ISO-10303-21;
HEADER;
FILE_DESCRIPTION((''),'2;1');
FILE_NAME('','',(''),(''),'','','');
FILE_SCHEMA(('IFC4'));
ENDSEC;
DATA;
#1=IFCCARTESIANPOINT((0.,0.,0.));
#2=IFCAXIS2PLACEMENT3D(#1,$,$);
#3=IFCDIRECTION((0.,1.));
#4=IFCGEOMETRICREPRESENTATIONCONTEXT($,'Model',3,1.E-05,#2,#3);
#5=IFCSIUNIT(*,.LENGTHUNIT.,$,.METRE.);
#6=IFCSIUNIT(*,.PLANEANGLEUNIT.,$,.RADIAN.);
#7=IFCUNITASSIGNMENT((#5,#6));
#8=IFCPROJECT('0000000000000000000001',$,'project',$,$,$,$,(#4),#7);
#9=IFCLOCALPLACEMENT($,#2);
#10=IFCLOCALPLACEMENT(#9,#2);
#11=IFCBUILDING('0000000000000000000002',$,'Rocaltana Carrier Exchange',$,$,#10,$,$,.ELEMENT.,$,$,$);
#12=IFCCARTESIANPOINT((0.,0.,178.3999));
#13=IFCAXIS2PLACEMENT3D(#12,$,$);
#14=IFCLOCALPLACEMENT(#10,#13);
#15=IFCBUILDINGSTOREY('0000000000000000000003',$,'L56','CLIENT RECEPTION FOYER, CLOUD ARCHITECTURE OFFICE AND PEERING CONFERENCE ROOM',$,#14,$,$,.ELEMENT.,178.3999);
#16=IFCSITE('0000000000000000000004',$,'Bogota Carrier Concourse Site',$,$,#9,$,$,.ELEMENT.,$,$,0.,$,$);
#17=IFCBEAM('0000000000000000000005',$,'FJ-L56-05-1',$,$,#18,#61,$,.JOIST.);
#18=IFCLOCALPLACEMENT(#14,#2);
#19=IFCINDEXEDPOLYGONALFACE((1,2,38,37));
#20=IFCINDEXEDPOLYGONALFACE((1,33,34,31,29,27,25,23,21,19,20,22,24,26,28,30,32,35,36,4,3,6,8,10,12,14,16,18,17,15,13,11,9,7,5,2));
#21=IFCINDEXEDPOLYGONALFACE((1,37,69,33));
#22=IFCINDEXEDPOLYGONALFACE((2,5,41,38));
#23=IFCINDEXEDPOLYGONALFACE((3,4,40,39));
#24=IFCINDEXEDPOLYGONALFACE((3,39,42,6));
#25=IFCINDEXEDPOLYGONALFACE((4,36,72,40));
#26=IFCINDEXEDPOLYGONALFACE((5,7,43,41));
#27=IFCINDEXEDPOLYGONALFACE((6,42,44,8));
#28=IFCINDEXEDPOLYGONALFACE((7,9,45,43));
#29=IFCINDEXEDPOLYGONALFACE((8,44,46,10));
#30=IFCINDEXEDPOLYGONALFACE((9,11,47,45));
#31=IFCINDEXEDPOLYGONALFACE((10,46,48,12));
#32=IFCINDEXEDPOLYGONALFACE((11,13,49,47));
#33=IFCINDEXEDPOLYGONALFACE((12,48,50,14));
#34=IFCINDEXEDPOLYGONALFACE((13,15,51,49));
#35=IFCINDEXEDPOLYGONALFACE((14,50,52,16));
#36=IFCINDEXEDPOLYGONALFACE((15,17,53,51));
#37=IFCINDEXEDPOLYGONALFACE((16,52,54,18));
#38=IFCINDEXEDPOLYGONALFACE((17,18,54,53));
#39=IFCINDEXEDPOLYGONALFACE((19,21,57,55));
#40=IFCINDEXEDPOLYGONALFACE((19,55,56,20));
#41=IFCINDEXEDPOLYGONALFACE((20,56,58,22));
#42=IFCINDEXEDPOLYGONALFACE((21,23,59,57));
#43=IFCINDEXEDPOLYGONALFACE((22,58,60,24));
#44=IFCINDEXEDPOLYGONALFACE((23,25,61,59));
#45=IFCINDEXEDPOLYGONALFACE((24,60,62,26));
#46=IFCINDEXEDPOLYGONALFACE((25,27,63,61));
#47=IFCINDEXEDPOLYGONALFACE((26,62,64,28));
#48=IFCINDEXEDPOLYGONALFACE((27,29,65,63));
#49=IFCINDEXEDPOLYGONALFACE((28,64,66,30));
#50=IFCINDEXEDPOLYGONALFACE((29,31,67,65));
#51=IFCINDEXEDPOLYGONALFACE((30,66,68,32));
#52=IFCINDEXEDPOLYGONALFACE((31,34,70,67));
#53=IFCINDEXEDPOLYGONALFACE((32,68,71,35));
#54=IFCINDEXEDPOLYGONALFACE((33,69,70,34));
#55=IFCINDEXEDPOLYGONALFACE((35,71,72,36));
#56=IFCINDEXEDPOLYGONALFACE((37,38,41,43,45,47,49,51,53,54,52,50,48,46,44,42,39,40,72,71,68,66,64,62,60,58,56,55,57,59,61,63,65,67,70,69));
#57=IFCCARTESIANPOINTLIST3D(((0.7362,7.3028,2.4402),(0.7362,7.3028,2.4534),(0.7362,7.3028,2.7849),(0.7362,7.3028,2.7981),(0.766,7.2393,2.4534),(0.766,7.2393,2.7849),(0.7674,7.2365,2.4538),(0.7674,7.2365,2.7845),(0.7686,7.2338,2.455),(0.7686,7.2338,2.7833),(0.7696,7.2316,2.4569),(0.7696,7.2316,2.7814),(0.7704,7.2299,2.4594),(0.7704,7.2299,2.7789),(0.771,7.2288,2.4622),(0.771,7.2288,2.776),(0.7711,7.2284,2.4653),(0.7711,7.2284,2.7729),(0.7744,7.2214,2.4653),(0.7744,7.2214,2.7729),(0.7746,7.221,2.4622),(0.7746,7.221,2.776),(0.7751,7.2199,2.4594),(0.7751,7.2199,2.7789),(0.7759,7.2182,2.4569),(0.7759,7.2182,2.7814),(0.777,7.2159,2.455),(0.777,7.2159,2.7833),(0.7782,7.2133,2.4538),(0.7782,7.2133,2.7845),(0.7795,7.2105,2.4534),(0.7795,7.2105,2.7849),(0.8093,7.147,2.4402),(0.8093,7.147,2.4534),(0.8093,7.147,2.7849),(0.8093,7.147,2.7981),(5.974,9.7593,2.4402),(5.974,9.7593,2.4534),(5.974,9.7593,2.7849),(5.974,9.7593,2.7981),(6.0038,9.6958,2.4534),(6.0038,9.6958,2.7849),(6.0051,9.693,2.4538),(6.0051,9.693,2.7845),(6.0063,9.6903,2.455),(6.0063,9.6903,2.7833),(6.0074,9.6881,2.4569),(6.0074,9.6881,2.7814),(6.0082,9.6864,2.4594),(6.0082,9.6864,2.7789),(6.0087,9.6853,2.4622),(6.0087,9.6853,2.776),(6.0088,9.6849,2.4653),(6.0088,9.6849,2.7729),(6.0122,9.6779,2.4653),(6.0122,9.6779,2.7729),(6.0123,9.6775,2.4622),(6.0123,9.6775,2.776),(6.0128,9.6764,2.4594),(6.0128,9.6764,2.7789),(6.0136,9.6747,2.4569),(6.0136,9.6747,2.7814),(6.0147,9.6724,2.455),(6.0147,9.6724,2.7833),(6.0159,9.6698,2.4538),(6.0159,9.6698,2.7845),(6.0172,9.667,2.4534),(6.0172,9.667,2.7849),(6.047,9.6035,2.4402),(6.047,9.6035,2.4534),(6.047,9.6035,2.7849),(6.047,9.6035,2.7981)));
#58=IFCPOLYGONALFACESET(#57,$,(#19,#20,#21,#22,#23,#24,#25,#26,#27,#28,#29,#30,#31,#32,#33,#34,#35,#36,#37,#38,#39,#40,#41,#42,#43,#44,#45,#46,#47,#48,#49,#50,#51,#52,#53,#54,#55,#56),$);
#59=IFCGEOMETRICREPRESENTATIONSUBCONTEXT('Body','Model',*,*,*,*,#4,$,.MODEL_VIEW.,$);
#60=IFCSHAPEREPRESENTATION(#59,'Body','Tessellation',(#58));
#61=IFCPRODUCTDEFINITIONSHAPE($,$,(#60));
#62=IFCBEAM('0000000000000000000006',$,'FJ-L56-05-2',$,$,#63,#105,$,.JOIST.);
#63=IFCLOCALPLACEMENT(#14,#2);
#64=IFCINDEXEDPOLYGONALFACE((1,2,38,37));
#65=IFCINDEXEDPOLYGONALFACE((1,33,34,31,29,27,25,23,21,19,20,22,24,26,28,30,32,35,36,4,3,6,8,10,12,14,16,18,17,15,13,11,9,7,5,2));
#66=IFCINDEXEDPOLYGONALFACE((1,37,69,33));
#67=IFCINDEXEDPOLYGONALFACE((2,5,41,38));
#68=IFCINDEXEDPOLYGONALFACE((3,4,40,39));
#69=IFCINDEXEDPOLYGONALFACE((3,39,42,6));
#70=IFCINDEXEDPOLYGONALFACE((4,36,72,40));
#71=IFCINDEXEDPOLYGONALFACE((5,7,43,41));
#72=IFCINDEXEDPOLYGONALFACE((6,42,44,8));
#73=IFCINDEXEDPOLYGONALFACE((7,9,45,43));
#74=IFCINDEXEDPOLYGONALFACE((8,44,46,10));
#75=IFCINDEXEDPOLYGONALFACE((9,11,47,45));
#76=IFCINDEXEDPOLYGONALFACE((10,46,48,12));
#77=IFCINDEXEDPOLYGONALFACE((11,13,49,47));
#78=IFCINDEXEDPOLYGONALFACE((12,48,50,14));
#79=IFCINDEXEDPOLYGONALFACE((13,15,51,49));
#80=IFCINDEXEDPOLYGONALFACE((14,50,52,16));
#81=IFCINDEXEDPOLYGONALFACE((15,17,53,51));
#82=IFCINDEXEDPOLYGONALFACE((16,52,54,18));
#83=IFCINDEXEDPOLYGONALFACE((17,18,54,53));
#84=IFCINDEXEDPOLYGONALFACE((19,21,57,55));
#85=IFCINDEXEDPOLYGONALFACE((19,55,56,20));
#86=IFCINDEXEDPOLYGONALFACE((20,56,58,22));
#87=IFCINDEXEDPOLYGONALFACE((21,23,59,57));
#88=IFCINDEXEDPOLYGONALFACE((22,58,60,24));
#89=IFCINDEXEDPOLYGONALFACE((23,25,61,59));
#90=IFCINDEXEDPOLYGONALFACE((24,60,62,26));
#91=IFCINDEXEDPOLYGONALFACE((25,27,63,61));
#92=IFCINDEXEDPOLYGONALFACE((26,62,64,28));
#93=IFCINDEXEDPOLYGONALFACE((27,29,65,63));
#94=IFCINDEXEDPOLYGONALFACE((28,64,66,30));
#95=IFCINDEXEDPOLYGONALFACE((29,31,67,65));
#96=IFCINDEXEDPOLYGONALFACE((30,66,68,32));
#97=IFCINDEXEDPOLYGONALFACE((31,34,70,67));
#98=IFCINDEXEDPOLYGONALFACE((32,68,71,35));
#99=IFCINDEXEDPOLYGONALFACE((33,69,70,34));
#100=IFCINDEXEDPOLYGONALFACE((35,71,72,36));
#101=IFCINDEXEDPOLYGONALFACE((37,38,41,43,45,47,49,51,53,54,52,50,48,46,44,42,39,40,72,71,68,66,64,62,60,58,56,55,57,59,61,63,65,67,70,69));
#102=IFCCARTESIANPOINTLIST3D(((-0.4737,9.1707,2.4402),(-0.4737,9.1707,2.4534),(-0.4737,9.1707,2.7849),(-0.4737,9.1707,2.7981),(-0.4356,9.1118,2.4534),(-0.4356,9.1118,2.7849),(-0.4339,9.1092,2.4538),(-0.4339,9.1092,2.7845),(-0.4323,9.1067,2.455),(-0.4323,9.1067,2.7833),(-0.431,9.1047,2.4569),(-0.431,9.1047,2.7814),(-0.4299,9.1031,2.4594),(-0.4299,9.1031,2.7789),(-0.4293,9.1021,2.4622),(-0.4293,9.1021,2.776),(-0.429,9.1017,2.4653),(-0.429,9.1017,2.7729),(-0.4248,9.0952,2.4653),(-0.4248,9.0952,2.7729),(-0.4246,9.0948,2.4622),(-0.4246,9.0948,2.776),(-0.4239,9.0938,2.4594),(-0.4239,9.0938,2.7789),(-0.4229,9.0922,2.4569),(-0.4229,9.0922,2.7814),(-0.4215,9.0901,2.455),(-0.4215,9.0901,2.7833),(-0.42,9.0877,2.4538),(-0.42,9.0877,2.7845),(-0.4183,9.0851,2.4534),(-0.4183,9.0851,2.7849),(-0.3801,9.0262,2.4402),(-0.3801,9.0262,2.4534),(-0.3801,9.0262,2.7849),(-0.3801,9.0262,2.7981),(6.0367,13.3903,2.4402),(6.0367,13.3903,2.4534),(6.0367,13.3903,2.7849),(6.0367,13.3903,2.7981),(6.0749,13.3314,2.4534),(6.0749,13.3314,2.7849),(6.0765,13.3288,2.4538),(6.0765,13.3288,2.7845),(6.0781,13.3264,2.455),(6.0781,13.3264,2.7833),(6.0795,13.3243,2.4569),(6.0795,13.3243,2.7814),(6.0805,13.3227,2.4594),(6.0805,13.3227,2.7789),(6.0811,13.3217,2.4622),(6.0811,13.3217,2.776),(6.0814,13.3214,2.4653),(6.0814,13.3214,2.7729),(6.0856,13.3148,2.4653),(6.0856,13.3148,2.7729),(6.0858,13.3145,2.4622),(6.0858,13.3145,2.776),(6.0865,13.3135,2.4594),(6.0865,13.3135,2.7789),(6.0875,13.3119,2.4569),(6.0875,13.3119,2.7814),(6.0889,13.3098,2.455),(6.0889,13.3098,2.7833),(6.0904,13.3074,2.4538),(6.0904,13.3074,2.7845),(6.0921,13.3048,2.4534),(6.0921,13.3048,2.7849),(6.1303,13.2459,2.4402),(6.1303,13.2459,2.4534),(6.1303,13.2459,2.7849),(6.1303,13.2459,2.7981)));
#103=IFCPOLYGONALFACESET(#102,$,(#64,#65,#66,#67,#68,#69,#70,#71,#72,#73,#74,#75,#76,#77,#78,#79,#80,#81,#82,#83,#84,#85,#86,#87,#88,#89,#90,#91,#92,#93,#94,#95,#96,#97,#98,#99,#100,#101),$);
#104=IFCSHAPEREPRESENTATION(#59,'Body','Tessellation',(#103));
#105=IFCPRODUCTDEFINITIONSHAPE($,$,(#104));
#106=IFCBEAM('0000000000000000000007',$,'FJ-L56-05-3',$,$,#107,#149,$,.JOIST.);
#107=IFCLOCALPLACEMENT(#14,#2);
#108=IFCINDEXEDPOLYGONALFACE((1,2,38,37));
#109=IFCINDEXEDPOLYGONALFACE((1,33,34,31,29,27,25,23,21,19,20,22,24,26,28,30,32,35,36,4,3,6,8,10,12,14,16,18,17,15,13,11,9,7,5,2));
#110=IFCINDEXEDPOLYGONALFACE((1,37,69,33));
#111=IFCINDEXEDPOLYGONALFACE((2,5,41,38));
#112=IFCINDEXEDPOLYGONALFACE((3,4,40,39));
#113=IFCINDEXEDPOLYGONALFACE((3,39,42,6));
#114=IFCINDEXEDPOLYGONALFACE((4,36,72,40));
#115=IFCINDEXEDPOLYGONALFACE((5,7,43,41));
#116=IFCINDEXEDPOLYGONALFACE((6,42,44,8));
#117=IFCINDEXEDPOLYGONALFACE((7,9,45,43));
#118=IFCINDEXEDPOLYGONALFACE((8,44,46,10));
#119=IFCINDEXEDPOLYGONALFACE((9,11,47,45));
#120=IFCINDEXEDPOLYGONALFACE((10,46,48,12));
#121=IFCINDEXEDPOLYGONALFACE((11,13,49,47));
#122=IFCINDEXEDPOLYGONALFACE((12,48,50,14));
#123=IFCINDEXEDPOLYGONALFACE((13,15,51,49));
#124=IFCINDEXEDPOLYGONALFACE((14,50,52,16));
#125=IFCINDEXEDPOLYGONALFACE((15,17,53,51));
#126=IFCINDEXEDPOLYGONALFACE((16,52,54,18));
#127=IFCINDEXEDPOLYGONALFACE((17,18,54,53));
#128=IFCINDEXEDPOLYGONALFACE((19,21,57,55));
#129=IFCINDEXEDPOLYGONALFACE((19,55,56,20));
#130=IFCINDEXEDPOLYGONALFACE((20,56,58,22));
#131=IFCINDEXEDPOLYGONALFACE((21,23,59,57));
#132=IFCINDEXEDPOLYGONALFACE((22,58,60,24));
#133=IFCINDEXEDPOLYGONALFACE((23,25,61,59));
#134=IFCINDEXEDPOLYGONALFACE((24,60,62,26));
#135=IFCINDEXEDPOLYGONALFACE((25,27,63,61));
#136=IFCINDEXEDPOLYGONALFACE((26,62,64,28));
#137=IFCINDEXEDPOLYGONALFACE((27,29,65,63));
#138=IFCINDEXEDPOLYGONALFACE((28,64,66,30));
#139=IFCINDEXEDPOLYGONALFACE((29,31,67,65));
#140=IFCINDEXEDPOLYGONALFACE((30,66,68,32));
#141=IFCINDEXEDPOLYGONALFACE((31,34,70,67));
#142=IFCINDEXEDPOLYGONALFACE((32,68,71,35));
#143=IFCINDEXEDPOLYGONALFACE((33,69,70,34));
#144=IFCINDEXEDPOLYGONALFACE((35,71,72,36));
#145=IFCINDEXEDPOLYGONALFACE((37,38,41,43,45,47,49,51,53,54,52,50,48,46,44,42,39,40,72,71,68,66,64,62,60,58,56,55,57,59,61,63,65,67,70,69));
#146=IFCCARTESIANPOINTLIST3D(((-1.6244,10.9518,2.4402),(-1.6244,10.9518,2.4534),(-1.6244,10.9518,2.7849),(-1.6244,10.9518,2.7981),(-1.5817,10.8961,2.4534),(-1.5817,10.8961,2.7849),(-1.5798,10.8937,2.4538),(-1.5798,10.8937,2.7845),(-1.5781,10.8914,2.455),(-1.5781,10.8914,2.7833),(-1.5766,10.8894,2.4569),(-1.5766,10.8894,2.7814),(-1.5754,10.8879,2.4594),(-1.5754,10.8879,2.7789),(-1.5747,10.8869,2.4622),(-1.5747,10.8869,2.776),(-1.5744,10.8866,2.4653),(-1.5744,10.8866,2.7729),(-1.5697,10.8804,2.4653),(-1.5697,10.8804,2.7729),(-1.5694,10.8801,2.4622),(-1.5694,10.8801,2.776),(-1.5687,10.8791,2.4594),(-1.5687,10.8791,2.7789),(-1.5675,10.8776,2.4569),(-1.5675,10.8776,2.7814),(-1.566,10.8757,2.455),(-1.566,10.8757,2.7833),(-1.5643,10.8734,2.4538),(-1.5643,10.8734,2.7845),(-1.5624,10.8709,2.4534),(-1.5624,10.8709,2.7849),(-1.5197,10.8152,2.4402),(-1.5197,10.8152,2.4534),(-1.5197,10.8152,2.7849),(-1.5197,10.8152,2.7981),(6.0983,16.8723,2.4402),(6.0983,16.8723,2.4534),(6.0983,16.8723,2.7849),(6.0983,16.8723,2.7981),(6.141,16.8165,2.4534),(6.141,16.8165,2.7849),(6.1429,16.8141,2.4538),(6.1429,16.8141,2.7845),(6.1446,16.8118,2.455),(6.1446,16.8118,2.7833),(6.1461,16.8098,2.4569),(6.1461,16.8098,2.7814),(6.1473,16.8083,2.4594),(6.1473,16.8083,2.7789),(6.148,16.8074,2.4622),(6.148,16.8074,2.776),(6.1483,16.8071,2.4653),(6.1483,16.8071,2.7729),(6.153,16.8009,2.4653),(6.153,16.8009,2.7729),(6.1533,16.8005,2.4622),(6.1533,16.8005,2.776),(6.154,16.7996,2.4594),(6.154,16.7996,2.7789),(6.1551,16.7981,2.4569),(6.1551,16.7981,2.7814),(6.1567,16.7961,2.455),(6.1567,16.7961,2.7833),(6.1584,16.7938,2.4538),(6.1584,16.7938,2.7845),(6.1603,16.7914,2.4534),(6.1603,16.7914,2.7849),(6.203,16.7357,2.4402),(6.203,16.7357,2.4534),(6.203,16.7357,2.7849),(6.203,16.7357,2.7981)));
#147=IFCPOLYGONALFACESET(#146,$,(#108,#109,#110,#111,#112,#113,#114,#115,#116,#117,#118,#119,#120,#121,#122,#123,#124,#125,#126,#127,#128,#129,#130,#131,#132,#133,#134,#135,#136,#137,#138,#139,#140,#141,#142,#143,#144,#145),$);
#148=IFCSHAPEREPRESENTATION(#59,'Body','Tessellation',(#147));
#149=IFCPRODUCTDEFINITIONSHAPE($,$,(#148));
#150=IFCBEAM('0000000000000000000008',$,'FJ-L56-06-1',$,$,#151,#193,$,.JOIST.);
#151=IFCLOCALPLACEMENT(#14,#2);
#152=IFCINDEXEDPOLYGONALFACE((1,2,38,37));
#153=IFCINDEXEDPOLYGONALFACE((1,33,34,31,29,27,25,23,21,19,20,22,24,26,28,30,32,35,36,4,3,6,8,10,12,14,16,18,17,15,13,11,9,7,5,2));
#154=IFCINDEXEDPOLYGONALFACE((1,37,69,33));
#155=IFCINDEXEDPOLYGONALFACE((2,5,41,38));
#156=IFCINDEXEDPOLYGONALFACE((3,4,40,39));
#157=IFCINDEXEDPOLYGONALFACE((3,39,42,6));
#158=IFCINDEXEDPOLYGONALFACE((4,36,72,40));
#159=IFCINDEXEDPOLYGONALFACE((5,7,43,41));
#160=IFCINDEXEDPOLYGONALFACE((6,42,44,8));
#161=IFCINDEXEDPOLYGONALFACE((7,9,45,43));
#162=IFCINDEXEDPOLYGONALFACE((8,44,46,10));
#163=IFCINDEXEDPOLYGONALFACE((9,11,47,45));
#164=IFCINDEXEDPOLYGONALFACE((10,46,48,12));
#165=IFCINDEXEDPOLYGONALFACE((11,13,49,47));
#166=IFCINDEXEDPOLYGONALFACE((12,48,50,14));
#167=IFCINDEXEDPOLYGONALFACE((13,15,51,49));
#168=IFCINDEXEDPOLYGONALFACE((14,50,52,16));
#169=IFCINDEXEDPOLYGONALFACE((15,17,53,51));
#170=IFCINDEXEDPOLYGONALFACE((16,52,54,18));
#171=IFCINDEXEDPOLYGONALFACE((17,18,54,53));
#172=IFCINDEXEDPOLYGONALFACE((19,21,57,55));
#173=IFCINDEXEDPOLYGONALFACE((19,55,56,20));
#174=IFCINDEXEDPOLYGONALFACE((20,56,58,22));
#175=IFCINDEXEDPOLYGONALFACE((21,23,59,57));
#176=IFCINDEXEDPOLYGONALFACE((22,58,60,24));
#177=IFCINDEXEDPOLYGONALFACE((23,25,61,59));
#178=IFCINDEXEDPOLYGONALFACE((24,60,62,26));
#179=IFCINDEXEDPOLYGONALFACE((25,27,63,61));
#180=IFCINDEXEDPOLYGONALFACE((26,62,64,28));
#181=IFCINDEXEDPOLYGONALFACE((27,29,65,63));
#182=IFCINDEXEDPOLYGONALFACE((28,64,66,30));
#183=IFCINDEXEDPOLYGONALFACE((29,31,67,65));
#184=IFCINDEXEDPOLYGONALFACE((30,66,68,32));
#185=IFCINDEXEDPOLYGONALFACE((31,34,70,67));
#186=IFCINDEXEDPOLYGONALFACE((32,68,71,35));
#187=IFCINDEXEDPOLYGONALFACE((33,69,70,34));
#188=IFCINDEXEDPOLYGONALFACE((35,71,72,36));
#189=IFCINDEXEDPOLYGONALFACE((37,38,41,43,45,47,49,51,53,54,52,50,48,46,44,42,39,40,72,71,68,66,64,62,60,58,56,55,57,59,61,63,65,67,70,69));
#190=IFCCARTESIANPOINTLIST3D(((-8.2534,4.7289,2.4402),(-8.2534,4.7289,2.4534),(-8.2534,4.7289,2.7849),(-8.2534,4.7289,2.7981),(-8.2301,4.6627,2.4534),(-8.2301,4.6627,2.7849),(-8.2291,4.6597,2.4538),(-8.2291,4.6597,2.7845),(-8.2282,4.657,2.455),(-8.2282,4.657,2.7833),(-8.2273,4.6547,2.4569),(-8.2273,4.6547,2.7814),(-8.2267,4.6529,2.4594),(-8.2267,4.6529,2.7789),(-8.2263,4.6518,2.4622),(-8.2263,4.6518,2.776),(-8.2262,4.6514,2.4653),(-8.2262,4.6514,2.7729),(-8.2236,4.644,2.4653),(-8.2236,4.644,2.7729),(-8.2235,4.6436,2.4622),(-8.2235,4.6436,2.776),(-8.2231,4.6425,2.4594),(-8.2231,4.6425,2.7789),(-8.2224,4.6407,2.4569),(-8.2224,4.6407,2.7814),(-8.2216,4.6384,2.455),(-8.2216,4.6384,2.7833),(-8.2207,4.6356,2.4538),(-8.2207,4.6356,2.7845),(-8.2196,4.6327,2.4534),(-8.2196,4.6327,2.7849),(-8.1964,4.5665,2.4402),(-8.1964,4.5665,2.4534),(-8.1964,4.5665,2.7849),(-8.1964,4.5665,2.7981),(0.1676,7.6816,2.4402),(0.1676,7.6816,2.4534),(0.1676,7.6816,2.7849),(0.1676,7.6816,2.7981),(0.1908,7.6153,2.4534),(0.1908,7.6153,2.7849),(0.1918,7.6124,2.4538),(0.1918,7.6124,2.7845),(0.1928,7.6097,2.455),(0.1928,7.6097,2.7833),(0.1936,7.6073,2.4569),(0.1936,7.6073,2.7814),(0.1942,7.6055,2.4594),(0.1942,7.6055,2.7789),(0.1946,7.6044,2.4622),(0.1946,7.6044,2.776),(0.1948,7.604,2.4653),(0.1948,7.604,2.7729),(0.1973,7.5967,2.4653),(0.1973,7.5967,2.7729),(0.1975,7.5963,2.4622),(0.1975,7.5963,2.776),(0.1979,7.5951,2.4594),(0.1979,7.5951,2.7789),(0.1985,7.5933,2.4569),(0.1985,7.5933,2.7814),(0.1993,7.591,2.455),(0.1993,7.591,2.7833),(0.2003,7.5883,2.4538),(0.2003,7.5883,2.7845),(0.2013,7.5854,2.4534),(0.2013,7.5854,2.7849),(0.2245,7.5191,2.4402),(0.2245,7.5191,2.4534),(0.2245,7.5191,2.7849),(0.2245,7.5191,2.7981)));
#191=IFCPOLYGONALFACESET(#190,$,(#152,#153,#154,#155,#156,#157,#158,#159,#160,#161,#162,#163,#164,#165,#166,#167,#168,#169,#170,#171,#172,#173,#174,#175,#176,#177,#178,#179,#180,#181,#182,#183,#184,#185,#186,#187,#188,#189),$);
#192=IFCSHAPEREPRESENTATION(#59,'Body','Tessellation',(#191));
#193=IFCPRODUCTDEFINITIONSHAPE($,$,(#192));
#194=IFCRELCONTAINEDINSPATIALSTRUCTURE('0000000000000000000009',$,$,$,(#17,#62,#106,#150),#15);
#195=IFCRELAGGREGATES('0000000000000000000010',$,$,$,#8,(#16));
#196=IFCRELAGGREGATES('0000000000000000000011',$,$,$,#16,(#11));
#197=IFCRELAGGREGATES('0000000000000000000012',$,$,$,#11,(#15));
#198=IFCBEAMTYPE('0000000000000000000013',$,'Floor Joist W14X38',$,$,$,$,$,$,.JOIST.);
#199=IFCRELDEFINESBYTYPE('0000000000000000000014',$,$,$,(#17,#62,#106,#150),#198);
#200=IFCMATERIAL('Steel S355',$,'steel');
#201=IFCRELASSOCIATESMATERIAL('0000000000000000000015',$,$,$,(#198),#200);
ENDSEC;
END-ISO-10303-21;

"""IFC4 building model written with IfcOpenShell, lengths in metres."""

from ifc_helpers import new_model, si_unit, direction, frame, origin, origin_2d, place, context, subcontext, project, spatial, i_section, extrude, material, material_profile, profile_set, type_object, element, save


model = new_model("IFC4")

# Units and contexts
model_context = context("Model", 3, precision=1e-05, world=origin(), true_north=direction((0.0, 1.0)))
body_context = subcontext(model_context, "Body", "Model", "MODEL_VIEW")
ifc_project = project(units=[si_unit("LENGTHUNIT", "METRE"), si_unit("PLANEANGLEUNIT", "RADIAN")], contexts=[model_context])

# Site, building, storey
site_placement = place(None, origin())
site = spatial("IfcSite", under=ifc_project, at=site_placement, Name="Bogota Carrier Concourse Site", CompositionType="ELEMENT", RefElevation=0.0)
building_placement = place(site_placement, origin())
building = spatial("IfcBuilding", under=site, at=building_placement, Name="Rocaltana Carrier Exchange", CompositionType="ELEMENT")
storey_placement = place(building_placement, frame((0.0, 0.0, 178.3999)))
storey = spatial("IfcBuildingStorey", under=building, at=storey_placement, Name="L56", Description="CLIENT RECEPTION FOYER, CLOUD ARCHITECTURE OFFICE AND PEERING CONFERENCE ROOM", CompositionType="ELEMENT", Elevation=178.3999)

# Beams
ifc_material_1 = material(Name="Steel S355", Category="steel")
ifc_material_profile_1 = material_profile(ifc_material_1, i_section(OverallWidth=0.1721, OverallDepth=0.3579, WebThickness=0.0078, FlangeThickness=0.0132, FilletRadius=0.012, at=origin_2d()), Name="W14X38")
ifc_profile_set_1 = profile_set([ifc_material_profile_1], Name="Steel S355")
beam_type_1 = type_object("IfcBeamType", Name="Floor Joist W14X38", PredefinedType="JOIST", material=ifc_profile_set_1)
beam_1_placement = place(storey_placement, frame((6.0105, 9.6814, 2.6191), z_axis=(-0.905371, -0.424622, 0.0), x_axis=(0.424622, -0.905371, 0.0)))
element("IfcBeam", 1, at=beam_1_placement, inside=storey, type_object=beam_type_1, Name="FJ-L56-05-1", PredefinedType="JOIST", context=body_context, shape_type="SweptSolid", body=[
    extrude(i_section(OverallWidth=0.1721, OverallDepth=0.3579, WebThickness=0.0078, FlangeThickness=0.0132, FilletRadius=0.012, at=origin_2d()), origin(), (0.0, 0.0, 1.0), 5.7852),
])
beam_2_placement = place(storey_placement, frame((6.0835, 13.3181, 2.6191), z_axis=(-0.839155, -0.543892, 0.0), x_axis=(0.543892, -0.839155, 0.0)))
element("IfcBeam", 2, at=beam_2_placement, inside=storey, type_object=beam_type_1, Name="FJ-L56-05-2", PredefinedType="JOIST", context=body_context, shape_type="SweptSolid", body=[
    extrude(i_section(OverallWidth=0.1721, OverallDepth=0.3579, WebThickness=0.0078, FlangeThickness=0.0132, FilletRadius=0.012, at=origin_2d()), origin(), (0.0, 0.0, 1.0), 7.7583),
])
beam_3_placement = place(storey_placement, frame((6.1506, 16.804, 2.6191), z_axis=(-0.793621, -0.608413, 0.0), x_axis=(0.608413, -0.793621, 0.0)))
element("IfcBeam", 3, at=beam_3_placement, inside=storey, type_object=beam_type_1, Name="FJ-L56-05-3", PredefinedType="JOIST", context=body_context, shape_type="SweptSolid", body=[
    extrude(i_section(OverallWidth=0.1721, OverallDepth=0.3579, WebThickness=0.0078, FlangeThickness=0.0132, FilletRadius=0.012, at=origin_2d()), origin(), (0.0, 0.0, 1.0), 9.731),
])
beam_4_placement = place(storey_placement, frame((0.196, 7.6003, 2.6191), z_axis=(-0.943672, -0.330882, 0.0), x_axis=(0.330882, -0.943672, 0.0)))
element("IfcBeam", 4, at=beam_4_placement, inside=storey, type_object=beam_type_1, Name="FJ-L56-06-1", PredefinedType="JOIST", context=body_context, shape_type="SweptSolid", body=[
    extrude(i_section(OverallWidth=0.1721, OverallDepth=0.3579, WebThickness=0.0078, FlangeThickness=0.0132, FilletRadius=0.012, at=origin_2d()), origin(), (0.0, 0.0, 1.0), 8.9236),
])

save(model, "model.ifc")
